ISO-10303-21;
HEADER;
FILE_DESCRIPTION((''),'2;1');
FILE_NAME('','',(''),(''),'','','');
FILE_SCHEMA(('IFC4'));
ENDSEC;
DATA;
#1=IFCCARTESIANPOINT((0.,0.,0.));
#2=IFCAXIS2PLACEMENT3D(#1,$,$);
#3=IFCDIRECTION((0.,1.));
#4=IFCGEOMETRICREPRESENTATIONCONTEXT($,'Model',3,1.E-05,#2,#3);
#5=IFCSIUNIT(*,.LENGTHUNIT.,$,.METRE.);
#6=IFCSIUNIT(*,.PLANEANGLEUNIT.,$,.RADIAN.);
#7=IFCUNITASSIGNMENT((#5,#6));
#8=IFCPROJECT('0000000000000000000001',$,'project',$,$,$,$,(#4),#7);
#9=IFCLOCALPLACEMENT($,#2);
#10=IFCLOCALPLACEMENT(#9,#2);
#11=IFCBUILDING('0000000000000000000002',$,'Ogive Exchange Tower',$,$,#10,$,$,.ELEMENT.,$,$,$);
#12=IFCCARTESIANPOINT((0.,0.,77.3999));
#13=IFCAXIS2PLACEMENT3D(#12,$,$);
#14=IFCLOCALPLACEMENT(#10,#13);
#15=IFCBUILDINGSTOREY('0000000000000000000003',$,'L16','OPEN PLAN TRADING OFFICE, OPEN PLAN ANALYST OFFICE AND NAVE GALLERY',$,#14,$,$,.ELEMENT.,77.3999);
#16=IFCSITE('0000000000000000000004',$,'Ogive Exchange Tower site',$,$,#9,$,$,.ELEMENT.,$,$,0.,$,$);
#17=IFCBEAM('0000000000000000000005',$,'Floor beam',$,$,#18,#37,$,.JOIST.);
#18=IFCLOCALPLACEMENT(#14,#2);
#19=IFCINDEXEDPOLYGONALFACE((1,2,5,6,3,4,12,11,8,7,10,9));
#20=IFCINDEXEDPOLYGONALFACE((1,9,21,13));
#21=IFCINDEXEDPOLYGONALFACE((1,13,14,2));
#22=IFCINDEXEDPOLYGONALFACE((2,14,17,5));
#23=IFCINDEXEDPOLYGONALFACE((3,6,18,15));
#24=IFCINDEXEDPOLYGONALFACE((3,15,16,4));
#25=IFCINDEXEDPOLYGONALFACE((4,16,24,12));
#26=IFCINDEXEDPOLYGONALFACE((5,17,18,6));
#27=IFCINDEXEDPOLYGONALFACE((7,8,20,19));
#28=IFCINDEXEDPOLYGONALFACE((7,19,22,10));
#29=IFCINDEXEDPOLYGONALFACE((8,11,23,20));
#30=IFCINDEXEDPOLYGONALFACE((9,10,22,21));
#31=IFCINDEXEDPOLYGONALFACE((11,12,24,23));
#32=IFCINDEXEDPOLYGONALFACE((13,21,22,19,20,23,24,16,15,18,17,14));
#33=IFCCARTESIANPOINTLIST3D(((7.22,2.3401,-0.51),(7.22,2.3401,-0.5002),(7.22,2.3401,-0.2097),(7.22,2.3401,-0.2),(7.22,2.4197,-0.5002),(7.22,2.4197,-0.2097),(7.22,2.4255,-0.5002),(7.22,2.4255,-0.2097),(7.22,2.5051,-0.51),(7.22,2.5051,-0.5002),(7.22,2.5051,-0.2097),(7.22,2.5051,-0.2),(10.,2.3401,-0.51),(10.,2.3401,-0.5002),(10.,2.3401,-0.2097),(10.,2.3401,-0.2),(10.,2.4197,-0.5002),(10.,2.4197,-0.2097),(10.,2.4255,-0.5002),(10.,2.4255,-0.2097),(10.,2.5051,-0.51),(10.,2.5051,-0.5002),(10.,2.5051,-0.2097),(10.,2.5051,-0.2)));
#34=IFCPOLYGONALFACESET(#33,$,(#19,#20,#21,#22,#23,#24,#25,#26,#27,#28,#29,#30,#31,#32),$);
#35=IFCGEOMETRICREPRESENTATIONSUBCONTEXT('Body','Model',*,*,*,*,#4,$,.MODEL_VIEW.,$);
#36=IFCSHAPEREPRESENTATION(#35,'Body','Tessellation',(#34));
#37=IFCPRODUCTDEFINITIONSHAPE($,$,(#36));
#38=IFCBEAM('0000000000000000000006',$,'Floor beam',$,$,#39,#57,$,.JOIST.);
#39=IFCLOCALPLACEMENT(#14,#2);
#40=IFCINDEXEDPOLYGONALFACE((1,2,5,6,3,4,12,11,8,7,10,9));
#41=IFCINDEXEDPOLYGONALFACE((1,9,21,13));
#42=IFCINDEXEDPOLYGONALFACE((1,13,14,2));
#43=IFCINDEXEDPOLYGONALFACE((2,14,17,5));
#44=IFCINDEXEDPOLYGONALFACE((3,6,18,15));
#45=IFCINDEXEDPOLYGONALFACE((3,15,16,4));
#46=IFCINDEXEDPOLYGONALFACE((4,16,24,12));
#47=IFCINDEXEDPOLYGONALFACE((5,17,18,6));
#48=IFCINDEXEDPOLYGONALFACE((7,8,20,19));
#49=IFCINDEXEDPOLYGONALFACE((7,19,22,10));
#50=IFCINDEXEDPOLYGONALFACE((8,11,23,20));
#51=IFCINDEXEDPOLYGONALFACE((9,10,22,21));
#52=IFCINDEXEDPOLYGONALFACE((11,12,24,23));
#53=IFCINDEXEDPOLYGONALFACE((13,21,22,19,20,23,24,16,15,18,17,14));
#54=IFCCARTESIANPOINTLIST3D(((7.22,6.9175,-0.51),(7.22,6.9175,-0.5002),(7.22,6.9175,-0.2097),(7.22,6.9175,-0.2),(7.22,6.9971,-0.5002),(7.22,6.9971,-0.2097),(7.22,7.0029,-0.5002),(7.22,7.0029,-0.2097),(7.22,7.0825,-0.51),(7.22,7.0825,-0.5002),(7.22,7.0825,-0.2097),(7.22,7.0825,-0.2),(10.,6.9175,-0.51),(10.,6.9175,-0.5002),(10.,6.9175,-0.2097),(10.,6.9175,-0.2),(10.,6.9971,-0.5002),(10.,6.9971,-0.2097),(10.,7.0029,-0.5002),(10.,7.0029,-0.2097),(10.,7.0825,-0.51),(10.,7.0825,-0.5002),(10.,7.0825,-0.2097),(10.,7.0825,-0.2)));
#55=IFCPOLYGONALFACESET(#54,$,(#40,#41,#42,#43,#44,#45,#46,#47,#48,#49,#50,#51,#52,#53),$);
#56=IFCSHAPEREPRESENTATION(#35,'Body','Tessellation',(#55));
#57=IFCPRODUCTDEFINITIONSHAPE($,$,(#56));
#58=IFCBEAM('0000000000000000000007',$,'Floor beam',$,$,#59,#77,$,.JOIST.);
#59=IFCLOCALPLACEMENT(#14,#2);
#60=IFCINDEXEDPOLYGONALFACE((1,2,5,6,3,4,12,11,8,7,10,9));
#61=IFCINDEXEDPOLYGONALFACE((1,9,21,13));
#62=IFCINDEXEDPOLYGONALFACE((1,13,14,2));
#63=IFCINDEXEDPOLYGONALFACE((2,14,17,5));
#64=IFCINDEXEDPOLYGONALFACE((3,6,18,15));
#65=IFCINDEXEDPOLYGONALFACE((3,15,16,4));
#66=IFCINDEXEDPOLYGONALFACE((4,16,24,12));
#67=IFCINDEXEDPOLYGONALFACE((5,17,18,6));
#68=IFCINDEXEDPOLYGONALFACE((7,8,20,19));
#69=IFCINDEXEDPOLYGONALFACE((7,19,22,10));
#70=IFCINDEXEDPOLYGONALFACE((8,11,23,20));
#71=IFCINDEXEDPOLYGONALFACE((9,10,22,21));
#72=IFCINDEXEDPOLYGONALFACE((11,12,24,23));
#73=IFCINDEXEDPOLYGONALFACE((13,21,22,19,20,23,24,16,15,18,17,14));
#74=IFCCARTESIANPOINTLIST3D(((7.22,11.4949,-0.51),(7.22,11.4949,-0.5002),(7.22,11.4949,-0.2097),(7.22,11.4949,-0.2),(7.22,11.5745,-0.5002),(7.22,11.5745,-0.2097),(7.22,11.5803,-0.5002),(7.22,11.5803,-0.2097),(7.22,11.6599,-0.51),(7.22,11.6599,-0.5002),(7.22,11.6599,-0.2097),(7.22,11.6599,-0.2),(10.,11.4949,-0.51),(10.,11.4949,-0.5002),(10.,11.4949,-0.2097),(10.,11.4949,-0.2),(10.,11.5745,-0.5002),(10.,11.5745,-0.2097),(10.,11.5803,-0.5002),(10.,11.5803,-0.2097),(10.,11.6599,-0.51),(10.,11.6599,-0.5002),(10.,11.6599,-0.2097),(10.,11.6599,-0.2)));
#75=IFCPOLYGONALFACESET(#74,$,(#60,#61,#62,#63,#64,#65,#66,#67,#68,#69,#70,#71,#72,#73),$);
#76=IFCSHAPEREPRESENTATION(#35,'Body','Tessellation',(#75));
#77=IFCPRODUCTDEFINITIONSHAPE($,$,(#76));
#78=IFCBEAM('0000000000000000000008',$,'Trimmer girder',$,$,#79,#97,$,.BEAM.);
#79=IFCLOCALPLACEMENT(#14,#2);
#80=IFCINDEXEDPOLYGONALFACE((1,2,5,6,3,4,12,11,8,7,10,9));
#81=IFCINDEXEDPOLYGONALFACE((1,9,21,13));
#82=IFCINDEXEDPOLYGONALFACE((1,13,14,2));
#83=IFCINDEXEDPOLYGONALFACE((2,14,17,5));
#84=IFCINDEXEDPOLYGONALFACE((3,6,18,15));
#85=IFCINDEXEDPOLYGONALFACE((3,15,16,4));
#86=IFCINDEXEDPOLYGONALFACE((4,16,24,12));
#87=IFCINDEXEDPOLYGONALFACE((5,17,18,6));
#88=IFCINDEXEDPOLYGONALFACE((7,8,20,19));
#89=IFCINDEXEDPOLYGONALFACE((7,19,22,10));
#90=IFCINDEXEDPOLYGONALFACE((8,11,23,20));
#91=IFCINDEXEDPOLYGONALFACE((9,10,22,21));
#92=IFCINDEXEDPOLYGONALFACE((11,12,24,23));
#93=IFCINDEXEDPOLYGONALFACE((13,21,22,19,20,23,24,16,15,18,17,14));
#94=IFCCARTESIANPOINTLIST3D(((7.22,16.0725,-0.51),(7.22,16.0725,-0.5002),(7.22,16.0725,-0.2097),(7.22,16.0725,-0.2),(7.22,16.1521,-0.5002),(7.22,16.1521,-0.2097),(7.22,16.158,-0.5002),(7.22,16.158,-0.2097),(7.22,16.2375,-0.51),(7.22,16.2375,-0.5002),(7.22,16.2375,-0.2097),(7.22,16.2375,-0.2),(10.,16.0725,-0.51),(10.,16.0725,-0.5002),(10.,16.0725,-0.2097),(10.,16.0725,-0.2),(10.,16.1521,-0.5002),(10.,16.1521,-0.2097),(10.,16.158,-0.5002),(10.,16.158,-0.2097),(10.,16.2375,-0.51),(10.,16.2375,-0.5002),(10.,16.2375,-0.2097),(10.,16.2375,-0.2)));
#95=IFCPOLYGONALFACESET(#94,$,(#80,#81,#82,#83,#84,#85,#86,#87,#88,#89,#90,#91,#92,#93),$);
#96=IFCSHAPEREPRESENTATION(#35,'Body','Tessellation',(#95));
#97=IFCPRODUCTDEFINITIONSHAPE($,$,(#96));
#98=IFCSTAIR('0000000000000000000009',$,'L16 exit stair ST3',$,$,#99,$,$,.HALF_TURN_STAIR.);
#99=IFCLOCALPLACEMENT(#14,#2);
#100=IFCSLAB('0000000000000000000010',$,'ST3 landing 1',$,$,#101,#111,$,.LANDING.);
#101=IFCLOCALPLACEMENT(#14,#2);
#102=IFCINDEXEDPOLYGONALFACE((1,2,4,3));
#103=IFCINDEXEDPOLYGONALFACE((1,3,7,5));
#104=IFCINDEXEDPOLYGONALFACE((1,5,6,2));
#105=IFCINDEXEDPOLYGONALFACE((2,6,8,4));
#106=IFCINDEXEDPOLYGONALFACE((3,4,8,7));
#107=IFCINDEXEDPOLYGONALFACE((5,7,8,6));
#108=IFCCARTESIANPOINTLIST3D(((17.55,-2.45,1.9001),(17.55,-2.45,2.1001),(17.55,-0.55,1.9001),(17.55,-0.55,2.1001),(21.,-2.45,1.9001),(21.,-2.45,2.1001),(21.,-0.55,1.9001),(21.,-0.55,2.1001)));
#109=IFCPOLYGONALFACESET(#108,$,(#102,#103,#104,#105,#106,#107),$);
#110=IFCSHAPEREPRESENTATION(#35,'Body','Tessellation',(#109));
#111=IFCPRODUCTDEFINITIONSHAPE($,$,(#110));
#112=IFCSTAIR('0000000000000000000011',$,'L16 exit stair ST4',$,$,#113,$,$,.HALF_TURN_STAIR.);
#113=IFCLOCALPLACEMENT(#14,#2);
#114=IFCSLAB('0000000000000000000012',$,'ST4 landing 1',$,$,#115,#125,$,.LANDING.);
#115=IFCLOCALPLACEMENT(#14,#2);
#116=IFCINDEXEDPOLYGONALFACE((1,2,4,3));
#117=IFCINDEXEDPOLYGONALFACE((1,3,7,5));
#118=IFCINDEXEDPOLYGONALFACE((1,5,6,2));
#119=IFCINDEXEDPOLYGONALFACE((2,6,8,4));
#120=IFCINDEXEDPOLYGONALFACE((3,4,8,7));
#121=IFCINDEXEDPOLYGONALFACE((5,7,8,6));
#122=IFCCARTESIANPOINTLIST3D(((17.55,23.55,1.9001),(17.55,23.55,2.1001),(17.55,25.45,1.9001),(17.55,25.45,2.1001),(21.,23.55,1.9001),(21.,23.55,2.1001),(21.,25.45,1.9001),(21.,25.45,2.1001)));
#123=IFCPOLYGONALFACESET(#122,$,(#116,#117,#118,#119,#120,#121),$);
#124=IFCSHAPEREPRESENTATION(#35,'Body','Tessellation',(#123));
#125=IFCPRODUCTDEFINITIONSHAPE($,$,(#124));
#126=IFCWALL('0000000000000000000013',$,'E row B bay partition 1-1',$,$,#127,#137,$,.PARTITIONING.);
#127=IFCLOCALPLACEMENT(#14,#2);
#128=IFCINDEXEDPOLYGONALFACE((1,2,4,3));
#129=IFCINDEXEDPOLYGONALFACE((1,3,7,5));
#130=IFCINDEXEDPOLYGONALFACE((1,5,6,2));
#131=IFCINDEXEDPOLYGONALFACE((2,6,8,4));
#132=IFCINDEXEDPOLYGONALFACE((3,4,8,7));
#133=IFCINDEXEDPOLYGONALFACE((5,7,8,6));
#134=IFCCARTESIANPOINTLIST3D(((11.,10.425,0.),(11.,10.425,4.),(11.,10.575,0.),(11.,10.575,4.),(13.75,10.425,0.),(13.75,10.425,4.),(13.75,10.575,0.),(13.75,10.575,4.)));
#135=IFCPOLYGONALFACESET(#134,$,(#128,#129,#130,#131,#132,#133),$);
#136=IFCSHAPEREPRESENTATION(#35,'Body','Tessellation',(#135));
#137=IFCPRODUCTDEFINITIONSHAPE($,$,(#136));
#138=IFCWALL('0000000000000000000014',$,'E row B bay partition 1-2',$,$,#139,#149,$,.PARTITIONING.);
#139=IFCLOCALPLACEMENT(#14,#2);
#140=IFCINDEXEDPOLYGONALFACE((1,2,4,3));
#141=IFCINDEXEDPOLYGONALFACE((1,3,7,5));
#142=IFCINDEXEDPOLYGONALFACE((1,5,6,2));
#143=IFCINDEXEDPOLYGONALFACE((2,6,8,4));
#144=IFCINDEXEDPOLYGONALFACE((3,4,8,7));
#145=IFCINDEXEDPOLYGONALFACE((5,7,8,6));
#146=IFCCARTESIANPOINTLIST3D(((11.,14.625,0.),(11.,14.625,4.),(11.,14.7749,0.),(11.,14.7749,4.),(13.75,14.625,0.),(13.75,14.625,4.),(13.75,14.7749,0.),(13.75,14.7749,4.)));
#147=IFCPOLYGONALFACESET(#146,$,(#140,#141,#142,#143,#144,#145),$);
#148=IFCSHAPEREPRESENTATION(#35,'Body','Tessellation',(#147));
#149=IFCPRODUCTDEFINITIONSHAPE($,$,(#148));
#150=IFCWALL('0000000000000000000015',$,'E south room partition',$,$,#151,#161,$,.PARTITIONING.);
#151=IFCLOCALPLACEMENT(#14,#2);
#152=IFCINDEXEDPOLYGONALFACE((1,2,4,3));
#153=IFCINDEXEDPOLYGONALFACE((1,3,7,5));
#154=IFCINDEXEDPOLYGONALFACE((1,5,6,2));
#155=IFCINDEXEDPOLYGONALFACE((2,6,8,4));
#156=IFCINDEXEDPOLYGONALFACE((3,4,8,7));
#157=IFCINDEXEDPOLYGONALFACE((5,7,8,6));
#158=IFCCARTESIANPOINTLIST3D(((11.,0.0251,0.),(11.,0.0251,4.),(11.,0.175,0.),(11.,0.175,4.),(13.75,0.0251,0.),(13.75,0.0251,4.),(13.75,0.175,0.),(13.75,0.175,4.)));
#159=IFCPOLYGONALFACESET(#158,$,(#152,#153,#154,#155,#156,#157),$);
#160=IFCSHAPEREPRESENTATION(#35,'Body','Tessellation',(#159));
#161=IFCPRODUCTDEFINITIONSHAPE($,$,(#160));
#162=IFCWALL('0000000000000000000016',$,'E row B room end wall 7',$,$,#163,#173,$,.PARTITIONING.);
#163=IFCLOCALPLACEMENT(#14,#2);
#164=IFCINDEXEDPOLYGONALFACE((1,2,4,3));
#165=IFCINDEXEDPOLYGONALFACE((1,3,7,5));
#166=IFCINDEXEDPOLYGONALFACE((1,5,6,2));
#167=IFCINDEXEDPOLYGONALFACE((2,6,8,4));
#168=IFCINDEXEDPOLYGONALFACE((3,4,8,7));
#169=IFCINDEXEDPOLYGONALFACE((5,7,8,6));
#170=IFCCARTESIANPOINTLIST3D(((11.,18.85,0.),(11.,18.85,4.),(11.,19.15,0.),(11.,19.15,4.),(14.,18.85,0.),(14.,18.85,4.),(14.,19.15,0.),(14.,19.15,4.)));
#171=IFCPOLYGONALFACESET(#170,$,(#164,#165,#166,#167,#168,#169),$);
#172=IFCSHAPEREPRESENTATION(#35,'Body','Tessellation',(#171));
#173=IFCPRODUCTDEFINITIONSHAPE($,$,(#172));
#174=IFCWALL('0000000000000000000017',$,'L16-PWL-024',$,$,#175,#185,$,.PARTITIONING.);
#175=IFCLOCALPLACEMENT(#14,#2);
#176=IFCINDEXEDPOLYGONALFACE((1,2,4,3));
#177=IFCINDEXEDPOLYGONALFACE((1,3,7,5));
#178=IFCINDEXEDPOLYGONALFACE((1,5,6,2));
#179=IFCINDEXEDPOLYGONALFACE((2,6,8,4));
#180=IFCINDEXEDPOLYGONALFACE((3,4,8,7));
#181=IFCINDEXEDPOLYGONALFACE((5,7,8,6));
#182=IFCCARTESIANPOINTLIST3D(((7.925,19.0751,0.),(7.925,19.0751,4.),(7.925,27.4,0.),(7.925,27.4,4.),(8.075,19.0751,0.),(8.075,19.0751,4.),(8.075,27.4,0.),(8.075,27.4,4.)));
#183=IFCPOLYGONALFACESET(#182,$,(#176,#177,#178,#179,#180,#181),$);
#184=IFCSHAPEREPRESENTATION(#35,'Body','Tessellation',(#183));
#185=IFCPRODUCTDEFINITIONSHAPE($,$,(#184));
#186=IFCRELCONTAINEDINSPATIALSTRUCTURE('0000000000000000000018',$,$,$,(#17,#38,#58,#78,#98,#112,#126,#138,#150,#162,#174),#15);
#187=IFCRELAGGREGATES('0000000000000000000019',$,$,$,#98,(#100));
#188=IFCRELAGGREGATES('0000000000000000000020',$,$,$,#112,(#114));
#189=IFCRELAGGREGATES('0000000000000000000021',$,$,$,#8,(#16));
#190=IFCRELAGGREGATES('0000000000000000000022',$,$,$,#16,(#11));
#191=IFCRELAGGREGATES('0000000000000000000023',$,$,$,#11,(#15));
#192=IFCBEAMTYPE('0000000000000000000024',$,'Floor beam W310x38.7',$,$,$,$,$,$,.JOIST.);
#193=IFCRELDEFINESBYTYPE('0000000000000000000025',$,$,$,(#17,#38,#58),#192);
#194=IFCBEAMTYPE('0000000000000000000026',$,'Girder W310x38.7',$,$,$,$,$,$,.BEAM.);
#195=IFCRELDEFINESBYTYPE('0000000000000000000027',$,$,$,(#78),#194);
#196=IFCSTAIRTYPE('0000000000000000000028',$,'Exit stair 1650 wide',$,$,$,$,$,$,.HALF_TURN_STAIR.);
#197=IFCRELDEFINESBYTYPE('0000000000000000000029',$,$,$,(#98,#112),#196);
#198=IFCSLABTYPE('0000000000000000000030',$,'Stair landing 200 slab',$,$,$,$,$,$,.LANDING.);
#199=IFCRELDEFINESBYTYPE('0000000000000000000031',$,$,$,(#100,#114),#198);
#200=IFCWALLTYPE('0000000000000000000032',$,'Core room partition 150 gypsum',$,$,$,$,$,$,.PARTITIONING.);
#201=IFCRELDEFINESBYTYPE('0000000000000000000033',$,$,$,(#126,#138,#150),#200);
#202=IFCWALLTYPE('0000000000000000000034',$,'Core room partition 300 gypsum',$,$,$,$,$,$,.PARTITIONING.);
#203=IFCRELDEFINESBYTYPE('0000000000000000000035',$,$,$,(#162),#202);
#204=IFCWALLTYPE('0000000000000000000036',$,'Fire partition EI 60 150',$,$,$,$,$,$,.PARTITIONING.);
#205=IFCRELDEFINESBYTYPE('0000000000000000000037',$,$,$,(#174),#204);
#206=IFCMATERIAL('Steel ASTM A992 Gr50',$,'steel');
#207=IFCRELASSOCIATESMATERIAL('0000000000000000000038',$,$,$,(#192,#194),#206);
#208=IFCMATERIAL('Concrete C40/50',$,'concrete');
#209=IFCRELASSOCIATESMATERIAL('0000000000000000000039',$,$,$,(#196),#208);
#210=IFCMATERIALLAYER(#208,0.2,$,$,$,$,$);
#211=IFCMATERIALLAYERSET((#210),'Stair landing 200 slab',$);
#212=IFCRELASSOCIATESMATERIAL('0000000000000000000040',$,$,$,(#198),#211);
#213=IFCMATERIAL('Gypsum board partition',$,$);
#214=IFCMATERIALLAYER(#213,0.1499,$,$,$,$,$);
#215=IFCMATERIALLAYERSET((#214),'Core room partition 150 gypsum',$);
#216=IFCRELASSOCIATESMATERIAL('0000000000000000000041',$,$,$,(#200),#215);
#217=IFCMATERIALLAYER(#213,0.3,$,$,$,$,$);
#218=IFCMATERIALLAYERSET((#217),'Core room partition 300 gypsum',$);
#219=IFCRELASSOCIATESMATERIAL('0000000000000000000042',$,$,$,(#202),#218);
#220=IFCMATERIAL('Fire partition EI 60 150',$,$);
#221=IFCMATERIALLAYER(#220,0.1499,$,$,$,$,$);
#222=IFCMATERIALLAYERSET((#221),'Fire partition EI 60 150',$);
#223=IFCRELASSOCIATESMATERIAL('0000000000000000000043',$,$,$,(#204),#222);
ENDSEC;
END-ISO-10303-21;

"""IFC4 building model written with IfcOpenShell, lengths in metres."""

from ifc_helpers import new_model, si_unit, direction, frame, frame_2d, origin, origin_2d, place, context, subcontext, project, spatial, polyline, rectangle, i_section, outline, extrude, material, layer, layer_set, material_profile, profile_set, type_object, element, aggregate, save


model = new_model("IFC4")

# Units and contexts
model_context = context("Model", 3, precision=1e-05, world=origin(), true_north=direction((0.0, 1.0)))
body_context = subcontext(model_context, "Body", "Model", "MODEL_VIEW")
ifc_project = project(units=[si_unit("LENGTHUNIT", "METRE"), si_unit("PLANEANGLEUNIT", "RADIAN")], contexts=[model_context])

# Site, building, storey
site_placement = place(None, origin())
site = spatial("IfcSite", under=ifc_project, at=site_placement, Name="Ogive Exchange Tower site", CompositionType="ELEMENT", RefElevation=0.0)
building_placement = place(site_placement, origin())
building = spatial("IfcBuilding", under=site, at=building_placement, Name="Ogive Exchange Tower", CompositionType="ELEMENT")
storey_placement = place(building_placement, frame((0.0, 0.0, 77.3999)))
storey = spatial("IfcBuildingStorey", under=building, at=storey_placement, Name="L16", Description="OPEN PLAN TRADING OFFICE, OPEN PLAN ANALYST OFFICE AND NAVE GALLERY", CompositionType="ELEMENT", Elevation=77.3999)

# Beams
ifc_material_1 = material(Name="Steel ASTM A992 Gr50", Category="steel")
ifc_material_profile_1 = material_profile(ifc_material_1, i_section(OverallWidth=0.165, OverallDepth=0.3101, WebThickness=0.0059, FlangeThickness=0.0098, at=origin_2d()), Name="W310x38.7")
ifc_profile_set_1 = profile_set([ifc_material_profile_1], Name="Steel ASTM A992 Gr50")
beam_type_1 = type_object("IfcBeamType", Name="Floor beam W310x38.7", PredefinedType="JOIST", material=ifc_profile_set_1)
for number, where, z_axis, x_axis, name in (
    (1, (7.22, 2.4226, -0.355), (1.0, 0.0, 0.0), (0.0, 1.0, 0.0), "Floor beam"),
    (2, (7.22, 7.0, -0.355), (1.0, 0.0, 0.0), (0.0, 1.0, 0.0), "Floor beam"),
    (3, (7.22, 11.5774, -0.355), (1.0, 0.0, 0.0), (0.0, 1.0, 0.0), "Floor beam"),
):
    element("IfcBeam", number, at=place(storey_placement, frame(where, z_axis=z_axis, x_axis=x_axis)), inside=storey, type_object=beam_type_1, Name=name, PredefinedType="JOIST", context=body_context, shape_type="SweptSolid", body=[
        extrude(i_section(OverallWidth=0.165, OverallDepth=0.3101, WebThickness=0.0059, FlangeThickness=0.0098, at=origin_2d()), origin(), (0.0, 0.0, 1.0), 2.78),
    ])
ifc_material_profile_2 = material_profile(ifc_material_1, i_section(OverallWidth=0.165, OverallDepth=0.3101, WebThickness=0.0059, FlangeThickness=0.0098, at=origin_2d()), Name="W310x38.7")
ifc_profile_set_2 = profile_set([ifc_material_profile_2], Name="Steel ASTM A992 Gr50")
beam_type_2 = type_object("IfcBeamType", Name="Girder W310x38.7", PredefinedType="BEAM", material=ifc_profile_set_2)
beam_placement = place(storey_placement, frame((7.22, 16.155, -0.355), z_axis=(1.0, 0.0, 0.0), x_axis=(0.0, 1.0, 0.0)))
element("IfcBeam", 4, at=beam_placement, inside=storey, type_object=beam_type_2, Name="Trimmer girder", PredefinedType="BEAM", context=body_context, shape_type="SweptSolid", body=[
    extrude(i_section(OverallWidth=0.165, OverallDepth=0.3101, WebThickness=0.0059, FlangeThickness=0.0098, at=origin_2d()), origin(), (0.0, 0.0, 1.0), 2.78),
])

# Stairs, slabs
ifc_material_2 = material(Name="Concrete C40/50", Category="concrete")
stair_type = type_object("IfcStairType", Name="Exit stair 1650 wide", PredefinedType="HALF_TURN_STAIR", material=ifc_material_2)
stair_1_placement = place(storey_placement, origin())
stair_1 = element("IfcStair", 5, at=stair_1_placement, inside=storey, type_object=stair_type, Name="L16 exit stair ST3", PredefinedType="HALF_TURN_STAIR")
ifc_layer_1 = layer(ifc_material_2, 0.2)
ifc_layer_set_1 = layer_set([ifc_layer_1], Name="Stair landing 200 slab")
slab_type = type_object("IfcSlabType", Name="Stair landing 200 slab", PredefinedType="LANDING", material=ifc_layer_set_1)
slab_1_placement = place(storey_placement, frame((0.0, 0.0, 1.9001)))
slab_1 = element("IfcSlab", 6, at=slab_1_placement, type_object=slab_type, Name="ST3 landing 1", PredefinedType="LANDING", context=body_context, shape_type="SweptSolid", body=[
    extrude(outline(polyline([(17.55, -0.55), (17.55, -2.45), (21.0, -2.45), (21.0, -0.55), (17.55, -0.55)])), origin(), (0.0, 0.0, 1.0), 0.2),
])
aggregate(stair_1, [slab_1])
stair_2_placement = place(storey_placement, origin())
stair_2 = element("IfcStair", 7, at=stair_2_placement, inside=storey, type_object=stair_type, Name="L16 exit stair ST4", PredefinedType="HALF_TURN_STAIR")
slab_2_placement = place(storey_placement, frame((0.0, 0.0, 1.9001)))
slab_2 = element("IfcSlab", 8, at=slab_2_placement, type_object=slab_type, Name="ST4 landing 1", PredefinedType="LANDING", context=body_context, shape_type="SweptSolid", body=[
    extrude(outline(polyline([(21.0, 23.55), (21.0, 25.45), (17.55, 25.45), (17.55, 23.55), (21.0, 23.55)])), origin(), (0.0, 0.0, 1.0), 0.2),
])
aggregate(stair_2, [slab_2])

# Walls
ifc_material_3 = material(Name="Gypsum board partition")
ifc_layer_2 = layer(ifc_material_3, 0.1499)
ifc_layer_set_2 = layer_set([ifc_layer_2], Name="Core room partition 150 gypsum")
wall_type_1 = type_object("IfcWallType", Name="Core room partition 150 gypsum", PredefinedType="PARTITIONING", material=ifc_layer_set_2)
for number, where, z_axis, x_axis, name in (
    (9, (11.0, 10.5, 0.0), (0.0, 0.0, 1.0), (1.0, 0.0, 0.0), "E row B bay partition 1-1"),
    (10, (11.0, 14.7, 0.0), (0.0, 0.0, 1.0), (1.0, 0.0, 0.0), "E row B bay partition 1-2"),
    (11, (11.0, 0.1001, 0.0), (0.0, 0.0, 1.0), (1.0, 0.0, 0.0), "E south room partition"),
):
    element("IfcWall", number, at=place(storey_placement, frame(where, z_axis=z_axis, x_axis=x_axis)), inside=storey, type_object=wall_type_1, Name=name, PredefinedType="PARTITIONING", context=body_context, shape_type="SweptSolid", body=[
        extrude(rectangle(XDim=2.75, YDim=0.1499, at=frame_2d((1.375, 0.0))), origin(), (0.0, 0.0, 1.0), 4.0),
    ])
ifc_layer_3 = layer(ifc_material_3, 0.3)
ifc_layer_set_3 = layer_set([ifc_layer_3], Name="Core room partition 300 gypsum")
wall_type_2 = type_object("IfcWallType", Name="Core room partition 300 gypsum", PredefinedType="PARTITIONING", material=ifc_layer_set_3)
wall_1_placement = place(storey_placement, frame((11.0, 19.0, 0.0), z_axis=(0.0, 0.0, 1.0), x_axis=(1.0, 0.0, 0.0)))
element("IfcWall", 12, at=wall_1_placement, inside=storey, type_object=wall_type_2, Name="E row B room end wall 7", PredefinedType="PARTITIONING", context=body_context, shape_type="SweptSolid", body=[
    extrude(rectangle(XDim=3.0, YDim=0.3, at=frame_2d((1.5, 0.0))), origin(), (0.0, 0.0, 1.0), 4.0),
])
ifc_material_4 = material(Name="Fire partition EI 60 150")
ifc_layer_4 = layer(ifc_material_4, 0.1499)
ifc_layer_set_4 = layer_set([ifc_layer_4], Name="Fire partition EI 60 150")
wall_type_3 = type_object("IfcWallType", Name="Fire partition EI 60 150", PredefinedType="PARTITIONING", material=ifc_layer_set_4)
wall_2_placement = place(storey_placement, frame((8.0, 19.075, 0.0), z_axis=(0.0, 0.0, 1.0), x_axis=(0.0, 1.0, 0.0)))
element("IfcWall", 13, at=wall_2_placement, inside=storey, type_object=wall_type_3, Name="L16-PWL-024", PredefinedType="PARTITIONING", context=body_context, shape_type="SweptSolid", body=[
    extrude(rectangle(XDim=8.325, YDim=0.1499, at=frame_2d((4.1626, 0.0))), origin(), (0.0, 0.0, 1.0), 4.0),
])

save(model, "model.ifc")
